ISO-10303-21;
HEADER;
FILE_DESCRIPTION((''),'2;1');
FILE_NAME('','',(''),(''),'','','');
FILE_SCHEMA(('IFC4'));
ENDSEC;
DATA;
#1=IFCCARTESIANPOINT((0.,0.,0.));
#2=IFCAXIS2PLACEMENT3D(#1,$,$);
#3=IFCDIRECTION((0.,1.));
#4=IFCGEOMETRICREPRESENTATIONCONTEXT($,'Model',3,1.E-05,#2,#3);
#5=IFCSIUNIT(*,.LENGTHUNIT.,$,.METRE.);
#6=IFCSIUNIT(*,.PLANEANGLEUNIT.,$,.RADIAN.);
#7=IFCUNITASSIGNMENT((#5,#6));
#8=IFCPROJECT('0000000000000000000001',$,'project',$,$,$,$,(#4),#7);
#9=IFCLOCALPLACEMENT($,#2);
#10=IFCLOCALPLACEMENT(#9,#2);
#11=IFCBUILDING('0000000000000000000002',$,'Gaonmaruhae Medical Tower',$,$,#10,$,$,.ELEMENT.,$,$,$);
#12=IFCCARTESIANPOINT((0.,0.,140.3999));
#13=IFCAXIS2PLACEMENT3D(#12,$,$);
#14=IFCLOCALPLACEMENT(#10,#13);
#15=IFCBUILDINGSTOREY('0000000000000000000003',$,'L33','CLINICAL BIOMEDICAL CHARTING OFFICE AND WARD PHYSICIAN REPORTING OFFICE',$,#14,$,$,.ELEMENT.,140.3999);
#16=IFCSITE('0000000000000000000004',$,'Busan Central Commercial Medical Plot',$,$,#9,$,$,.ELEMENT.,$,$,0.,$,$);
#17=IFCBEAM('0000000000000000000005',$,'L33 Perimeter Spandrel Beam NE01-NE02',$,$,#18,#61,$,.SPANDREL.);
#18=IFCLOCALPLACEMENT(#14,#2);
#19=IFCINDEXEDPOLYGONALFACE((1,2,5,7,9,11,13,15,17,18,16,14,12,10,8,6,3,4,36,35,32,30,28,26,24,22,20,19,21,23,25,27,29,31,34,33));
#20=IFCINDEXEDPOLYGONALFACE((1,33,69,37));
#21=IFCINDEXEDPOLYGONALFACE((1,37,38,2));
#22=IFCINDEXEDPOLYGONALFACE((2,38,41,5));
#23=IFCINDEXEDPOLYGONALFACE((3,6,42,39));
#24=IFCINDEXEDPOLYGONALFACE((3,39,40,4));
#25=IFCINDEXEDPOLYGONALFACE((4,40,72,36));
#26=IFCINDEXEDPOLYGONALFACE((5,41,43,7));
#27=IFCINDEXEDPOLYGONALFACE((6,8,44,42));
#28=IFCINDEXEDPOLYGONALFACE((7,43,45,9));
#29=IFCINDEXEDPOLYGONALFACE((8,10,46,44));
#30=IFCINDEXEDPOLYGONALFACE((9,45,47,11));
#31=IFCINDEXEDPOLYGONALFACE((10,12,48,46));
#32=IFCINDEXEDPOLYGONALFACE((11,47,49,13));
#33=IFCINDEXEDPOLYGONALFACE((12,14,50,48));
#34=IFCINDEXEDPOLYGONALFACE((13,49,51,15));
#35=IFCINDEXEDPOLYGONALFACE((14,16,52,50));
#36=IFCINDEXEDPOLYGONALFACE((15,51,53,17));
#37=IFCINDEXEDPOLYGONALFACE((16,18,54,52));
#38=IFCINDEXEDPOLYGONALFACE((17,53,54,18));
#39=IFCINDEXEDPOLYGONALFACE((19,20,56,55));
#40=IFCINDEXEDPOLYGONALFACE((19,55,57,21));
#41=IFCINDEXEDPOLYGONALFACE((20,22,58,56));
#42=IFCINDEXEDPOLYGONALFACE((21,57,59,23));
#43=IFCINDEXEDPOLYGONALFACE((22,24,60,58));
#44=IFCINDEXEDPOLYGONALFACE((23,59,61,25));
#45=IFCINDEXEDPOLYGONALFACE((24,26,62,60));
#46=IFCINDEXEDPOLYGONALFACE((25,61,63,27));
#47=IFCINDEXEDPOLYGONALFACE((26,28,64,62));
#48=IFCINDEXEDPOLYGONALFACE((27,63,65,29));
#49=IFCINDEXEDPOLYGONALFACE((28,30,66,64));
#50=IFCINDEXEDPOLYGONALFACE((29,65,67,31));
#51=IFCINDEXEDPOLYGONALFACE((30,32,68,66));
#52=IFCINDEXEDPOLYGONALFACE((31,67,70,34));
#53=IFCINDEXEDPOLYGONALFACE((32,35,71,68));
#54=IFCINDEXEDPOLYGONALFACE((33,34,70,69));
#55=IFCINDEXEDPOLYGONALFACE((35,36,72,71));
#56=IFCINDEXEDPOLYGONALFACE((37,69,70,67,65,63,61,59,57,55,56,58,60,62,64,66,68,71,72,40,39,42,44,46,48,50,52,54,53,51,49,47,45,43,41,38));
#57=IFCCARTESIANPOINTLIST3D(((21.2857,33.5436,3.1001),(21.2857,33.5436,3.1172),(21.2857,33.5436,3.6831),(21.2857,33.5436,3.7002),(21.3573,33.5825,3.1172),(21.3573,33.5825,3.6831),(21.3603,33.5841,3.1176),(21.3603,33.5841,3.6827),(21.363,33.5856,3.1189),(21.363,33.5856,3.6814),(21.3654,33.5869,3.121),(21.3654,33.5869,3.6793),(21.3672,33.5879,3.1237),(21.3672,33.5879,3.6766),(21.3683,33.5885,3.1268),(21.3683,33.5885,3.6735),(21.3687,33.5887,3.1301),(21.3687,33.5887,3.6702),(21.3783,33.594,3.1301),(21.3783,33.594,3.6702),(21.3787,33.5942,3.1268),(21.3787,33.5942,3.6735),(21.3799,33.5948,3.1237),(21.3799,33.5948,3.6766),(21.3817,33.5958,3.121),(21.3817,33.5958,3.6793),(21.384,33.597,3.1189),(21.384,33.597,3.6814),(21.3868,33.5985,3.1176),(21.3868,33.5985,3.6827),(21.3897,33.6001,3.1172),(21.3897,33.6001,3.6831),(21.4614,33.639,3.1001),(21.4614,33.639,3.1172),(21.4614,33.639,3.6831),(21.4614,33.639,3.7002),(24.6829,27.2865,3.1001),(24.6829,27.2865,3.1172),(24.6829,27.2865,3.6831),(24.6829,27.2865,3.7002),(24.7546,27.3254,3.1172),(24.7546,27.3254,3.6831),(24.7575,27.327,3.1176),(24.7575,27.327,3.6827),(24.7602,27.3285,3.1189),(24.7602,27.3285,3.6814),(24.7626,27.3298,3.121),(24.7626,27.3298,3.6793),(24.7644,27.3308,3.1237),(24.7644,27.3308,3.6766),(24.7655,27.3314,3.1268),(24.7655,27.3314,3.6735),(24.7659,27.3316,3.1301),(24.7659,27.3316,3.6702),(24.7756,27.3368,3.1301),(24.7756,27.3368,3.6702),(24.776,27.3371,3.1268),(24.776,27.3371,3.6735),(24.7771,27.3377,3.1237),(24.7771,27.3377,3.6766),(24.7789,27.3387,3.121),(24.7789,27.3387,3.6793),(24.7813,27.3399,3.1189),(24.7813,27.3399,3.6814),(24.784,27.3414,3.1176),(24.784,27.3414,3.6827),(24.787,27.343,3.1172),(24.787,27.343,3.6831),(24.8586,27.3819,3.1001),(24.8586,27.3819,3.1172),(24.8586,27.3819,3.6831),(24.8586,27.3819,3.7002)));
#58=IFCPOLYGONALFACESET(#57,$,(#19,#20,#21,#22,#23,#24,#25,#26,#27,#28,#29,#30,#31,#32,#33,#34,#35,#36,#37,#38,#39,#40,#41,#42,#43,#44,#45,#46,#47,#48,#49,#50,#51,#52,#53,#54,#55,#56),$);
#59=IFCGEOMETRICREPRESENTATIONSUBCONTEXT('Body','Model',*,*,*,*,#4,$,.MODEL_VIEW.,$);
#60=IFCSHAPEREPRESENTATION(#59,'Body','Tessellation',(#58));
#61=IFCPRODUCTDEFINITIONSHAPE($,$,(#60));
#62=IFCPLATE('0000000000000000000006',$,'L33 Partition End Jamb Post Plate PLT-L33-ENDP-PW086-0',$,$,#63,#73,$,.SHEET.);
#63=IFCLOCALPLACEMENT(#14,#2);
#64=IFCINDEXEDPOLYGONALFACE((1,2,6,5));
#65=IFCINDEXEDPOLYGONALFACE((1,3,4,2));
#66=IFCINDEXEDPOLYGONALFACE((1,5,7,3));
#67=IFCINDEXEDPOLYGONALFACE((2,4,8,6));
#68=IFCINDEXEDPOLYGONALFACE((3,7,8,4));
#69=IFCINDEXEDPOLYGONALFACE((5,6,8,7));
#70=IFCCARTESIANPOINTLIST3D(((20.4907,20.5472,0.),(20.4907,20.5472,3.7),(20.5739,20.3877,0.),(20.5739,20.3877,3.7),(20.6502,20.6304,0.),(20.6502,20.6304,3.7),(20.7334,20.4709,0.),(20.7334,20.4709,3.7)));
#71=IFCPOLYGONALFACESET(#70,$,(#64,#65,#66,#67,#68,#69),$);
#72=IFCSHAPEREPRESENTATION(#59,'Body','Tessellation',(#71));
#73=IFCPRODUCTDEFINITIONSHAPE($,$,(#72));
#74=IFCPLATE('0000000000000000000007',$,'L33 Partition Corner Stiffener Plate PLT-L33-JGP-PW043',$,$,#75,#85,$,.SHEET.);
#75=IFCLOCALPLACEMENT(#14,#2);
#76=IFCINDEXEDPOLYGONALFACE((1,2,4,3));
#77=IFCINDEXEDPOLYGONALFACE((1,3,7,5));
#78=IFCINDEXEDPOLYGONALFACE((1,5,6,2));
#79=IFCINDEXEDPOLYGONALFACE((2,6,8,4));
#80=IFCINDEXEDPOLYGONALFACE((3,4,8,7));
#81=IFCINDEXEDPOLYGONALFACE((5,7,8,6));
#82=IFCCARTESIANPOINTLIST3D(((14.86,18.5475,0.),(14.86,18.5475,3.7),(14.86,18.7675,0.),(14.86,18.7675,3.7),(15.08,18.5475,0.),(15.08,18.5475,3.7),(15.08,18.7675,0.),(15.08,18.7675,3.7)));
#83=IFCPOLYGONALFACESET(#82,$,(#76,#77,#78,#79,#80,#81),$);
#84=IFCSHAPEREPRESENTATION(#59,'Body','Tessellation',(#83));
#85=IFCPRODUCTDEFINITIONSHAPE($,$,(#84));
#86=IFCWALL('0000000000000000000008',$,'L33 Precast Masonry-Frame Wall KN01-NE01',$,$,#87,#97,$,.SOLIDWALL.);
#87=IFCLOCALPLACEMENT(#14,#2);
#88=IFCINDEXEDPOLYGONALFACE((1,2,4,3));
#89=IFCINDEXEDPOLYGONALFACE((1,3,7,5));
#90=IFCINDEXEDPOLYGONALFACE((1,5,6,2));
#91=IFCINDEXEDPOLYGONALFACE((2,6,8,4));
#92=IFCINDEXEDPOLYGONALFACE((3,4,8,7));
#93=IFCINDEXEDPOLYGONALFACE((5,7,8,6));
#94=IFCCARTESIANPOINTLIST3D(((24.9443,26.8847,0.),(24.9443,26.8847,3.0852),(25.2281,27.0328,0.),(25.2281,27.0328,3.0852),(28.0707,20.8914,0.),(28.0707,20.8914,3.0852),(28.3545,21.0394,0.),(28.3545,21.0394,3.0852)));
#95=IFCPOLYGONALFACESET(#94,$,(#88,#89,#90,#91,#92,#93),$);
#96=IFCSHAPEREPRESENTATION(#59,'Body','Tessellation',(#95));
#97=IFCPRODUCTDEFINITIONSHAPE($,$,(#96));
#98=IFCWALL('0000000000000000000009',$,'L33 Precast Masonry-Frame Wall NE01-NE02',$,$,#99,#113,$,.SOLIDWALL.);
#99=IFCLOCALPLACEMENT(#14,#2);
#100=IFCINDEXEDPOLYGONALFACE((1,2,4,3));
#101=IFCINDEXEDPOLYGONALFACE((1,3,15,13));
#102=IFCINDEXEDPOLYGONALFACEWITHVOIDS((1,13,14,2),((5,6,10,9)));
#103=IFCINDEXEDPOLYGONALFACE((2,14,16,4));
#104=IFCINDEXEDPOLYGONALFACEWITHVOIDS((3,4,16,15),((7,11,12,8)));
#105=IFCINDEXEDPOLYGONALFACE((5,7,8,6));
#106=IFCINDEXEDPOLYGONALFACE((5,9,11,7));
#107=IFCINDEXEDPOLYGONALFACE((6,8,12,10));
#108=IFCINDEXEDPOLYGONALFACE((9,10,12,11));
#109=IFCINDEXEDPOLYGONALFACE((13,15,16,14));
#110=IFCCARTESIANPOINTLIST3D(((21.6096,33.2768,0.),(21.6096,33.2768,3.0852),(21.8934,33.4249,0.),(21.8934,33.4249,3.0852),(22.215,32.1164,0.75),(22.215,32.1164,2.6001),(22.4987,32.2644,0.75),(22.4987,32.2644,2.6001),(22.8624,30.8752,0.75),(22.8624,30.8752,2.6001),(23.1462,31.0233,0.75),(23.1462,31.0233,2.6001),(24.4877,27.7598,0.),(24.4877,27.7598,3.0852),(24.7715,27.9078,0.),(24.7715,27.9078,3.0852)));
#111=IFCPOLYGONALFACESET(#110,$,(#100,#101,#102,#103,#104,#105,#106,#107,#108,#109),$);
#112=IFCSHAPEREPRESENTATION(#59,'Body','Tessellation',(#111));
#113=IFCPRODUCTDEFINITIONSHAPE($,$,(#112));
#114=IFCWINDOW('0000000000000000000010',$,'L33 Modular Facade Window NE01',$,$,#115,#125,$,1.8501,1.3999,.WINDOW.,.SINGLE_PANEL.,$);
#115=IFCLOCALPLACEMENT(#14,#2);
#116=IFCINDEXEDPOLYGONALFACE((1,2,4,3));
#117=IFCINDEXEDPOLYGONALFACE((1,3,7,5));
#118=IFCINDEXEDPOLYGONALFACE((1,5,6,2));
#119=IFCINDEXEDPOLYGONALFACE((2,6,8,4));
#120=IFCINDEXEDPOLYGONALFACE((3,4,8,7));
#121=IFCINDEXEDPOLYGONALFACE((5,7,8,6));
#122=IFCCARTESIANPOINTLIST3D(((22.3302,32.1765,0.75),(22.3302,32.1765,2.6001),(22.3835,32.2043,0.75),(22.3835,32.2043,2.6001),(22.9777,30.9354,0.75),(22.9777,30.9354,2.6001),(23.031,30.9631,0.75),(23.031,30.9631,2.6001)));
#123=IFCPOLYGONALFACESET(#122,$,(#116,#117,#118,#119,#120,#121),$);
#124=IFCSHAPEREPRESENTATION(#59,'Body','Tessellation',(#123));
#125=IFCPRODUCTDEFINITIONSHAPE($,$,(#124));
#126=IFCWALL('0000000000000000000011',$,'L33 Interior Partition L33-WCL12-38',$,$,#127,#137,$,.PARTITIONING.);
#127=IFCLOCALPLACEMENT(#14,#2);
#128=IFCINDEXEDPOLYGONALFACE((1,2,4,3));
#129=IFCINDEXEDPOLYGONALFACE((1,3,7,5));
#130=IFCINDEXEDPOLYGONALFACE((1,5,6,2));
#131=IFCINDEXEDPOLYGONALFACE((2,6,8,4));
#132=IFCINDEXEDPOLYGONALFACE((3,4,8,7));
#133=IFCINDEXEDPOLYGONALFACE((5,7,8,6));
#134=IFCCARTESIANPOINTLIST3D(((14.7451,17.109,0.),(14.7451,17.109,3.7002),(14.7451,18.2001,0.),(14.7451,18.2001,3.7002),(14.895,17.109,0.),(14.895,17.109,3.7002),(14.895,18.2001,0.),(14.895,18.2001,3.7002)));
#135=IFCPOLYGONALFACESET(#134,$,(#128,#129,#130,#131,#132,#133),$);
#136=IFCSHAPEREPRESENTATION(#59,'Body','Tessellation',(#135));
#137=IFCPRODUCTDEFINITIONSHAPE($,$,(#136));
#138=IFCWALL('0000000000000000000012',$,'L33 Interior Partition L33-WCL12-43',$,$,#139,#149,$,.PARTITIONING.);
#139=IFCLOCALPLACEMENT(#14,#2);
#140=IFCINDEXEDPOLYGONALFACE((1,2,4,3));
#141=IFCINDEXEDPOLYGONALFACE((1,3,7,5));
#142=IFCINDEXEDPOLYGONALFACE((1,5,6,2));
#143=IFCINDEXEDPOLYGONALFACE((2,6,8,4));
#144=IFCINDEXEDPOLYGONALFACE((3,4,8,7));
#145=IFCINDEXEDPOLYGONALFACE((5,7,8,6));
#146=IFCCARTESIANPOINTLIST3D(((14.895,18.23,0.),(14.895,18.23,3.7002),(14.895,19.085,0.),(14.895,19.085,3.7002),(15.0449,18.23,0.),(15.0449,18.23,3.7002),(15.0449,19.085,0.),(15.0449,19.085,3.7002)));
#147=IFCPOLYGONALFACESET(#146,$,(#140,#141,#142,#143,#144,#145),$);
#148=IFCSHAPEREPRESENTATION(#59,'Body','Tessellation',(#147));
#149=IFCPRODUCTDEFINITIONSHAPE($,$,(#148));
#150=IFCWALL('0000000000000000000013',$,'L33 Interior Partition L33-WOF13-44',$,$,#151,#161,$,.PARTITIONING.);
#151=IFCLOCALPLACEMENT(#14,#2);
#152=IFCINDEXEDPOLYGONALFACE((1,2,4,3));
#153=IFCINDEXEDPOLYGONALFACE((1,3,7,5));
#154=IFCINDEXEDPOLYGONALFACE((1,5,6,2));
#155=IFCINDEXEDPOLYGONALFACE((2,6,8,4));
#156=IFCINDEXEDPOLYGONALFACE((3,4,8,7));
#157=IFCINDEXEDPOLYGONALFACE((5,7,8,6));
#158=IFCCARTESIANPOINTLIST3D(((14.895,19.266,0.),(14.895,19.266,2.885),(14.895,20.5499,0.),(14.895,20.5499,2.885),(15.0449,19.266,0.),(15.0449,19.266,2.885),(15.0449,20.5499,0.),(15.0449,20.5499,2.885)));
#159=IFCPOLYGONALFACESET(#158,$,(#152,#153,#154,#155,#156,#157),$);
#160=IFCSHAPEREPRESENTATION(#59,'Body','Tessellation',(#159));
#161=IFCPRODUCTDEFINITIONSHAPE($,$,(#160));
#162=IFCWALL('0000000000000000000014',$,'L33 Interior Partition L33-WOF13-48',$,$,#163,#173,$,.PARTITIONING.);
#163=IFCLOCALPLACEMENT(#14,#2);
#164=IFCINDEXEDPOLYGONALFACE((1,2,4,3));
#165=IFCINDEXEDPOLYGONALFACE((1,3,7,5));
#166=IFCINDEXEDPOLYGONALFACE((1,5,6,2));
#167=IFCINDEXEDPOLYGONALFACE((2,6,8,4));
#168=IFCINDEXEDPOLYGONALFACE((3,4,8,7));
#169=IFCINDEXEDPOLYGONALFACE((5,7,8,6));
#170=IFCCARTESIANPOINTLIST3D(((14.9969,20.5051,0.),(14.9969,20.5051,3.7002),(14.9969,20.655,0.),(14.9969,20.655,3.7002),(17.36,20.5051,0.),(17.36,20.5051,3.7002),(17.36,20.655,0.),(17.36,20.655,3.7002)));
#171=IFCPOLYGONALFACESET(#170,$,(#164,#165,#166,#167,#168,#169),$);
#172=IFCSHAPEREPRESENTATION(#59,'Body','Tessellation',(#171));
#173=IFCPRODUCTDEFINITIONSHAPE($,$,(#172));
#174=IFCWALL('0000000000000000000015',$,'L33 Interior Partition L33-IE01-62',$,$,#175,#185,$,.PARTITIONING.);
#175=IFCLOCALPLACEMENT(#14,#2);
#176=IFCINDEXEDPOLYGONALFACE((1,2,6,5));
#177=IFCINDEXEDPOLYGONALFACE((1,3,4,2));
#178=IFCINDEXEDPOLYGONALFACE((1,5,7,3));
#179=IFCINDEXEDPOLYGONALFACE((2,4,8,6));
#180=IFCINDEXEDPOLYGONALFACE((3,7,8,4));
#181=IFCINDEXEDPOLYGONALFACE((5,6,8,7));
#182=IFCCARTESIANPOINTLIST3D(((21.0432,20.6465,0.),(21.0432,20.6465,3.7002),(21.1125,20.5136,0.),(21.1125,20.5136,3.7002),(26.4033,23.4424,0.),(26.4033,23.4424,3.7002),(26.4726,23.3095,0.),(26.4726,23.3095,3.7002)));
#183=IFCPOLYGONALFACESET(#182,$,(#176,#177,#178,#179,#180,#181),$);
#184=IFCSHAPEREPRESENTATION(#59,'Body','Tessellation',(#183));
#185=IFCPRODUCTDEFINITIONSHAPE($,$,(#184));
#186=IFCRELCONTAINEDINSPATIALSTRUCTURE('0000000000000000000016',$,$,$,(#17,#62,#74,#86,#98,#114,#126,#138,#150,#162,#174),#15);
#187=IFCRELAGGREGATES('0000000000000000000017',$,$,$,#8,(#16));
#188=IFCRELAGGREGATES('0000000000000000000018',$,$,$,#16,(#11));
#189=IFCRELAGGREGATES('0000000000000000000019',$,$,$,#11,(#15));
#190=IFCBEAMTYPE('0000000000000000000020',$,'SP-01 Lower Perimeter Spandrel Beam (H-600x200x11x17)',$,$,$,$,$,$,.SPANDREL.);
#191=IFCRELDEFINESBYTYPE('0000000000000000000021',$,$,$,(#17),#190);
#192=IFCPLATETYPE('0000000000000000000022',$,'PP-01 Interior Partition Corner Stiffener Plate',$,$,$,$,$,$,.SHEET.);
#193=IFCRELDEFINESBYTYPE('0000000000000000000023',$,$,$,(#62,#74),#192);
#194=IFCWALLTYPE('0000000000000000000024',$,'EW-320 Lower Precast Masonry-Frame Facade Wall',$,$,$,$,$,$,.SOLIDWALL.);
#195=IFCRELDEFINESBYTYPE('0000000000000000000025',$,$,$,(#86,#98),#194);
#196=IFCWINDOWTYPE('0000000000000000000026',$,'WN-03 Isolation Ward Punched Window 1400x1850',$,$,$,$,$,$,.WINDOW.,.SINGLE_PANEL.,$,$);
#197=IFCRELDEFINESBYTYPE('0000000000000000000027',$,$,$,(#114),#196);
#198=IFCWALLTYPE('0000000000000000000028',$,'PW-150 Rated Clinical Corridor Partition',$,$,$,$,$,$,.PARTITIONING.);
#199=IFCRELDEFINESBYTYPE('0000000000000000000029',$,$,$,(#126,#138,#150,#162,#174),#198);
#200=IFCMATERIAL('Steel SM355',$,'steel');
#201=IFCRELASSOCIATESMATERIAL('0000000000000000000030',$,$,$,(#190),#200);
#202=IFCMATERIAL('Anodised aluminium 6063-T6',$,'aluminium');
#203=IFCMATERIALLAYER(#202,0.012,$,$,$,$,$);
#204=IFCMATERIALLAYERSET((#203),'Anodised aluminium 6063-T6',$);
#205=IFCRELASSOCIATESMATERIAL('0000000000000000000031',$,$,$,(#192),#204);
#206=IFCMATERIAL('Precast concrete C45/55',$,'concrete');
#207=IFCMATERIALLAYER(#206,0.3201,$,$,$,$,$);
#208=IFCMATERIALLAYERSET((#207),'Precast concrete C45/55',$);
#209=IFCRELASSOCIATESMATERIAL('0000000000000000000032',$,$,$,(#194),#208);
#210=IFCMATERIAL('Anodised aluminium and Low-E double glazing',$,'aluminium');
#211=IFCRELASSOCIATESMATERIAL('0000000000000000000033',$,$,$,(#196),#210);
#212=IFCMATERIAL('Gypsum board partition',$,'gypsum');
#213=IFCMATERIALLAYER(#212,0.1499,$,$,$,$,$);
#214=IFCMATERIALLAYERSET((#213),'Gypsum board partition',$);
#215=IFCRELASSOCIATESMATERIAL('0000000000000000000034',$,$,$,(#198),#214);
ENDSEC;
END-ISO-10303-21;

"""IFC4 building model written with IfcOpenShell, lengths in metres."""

from ifc_helpers import new_model, si_unit, direction, frame, frame_2d, origin, origin_2d, place, context, subcontext, project, spatial, rectangle, i_section, extrude, material, layer, layer_set, material_profile, profile_set, type_object, element, fill, save


model = new_model("IFC4")

# Units and contexts
model_context = context("Model", 3, precision=1e-05, world=origin(), true_north=direction((0.0, 1.0)))
body_context = subcontext(model_context, "Body", "Model", "MODEL_VIEW")
ifc_project = project(units=[si_unit("LENGTHUNIT", "METRE"), si_unit("PLANEANGLEUNIT", "RADIAN")], contexts=[model_context])

# Site, building, storey
site_placement = place(None, origin())
site = spatial("IfcSite", under=ifc_project, at=site_placement, Name="Busan Central Commercial Medical Plot", CompositionType="ELEMENT", RefElevation=0.0)
building_placement = place(site_placement, origin())
building = spatial("IfcBuilding", under=site, at=building_placement, Name="Gaonmaruhae Medical Tower", CompositionType="ELEMENT")
storey_placement = place(building_placement, frame((0.0, 0.0, 140.3999)))
storey = spatial("IfcBuildingStorey", under=building, at=storey_placement, Name="L33", Description="CLINICAL BIOMEDICAL CHARTING OFFICE AND WARD PHYSICIAN REPORTING OFFICE", CompositionType="ELEMENT", Elevation=140.3999)

# Beam
ifc_material_1 = material(Name="Steel SM355", Category="steel")
ifc_material_profile_1 = material_profile(ifc_material_1, i_section(OverallWidth=0.2, OverallDepth=0.6001, WebThickness=0.011, FlangeThickness=0.0171, FilletRadius=0.0129, at=origin_2d()), Name="H-600x200x11x17")
ifc_profile_set_1 = profile_set([ifc_material_profile_1], Name="Steel SM355")
beam_type_1 = type_object("IfcBeamType", Name="SP-01 Lower Perimeter Spandrel Beam (H-600x200x11x17)", PredefinedType="SPANDREL", material=ifc_profile_set_1)
beam_1_placement = place(storey_placement, frame((24.7708, 27.3342, 3.4001), z_axis=(-0.477148, 0.878823, 0.0), x_axis=(-0.878823, -0.477148, 0.0)))
element("IfcBeam", 1, at=beam_1_placement, inside=storey, type_object=beam_type_1, Name="L33 Perimeter Spandrel Beam NE01-NE02", PredefinedType="SPANDREL", context=body_context, shape_type="SweptSolid", body=[
    extrude(i_section(OverallWidth=0.2, OverallDepth=0.6001, WebThickness=0.011, FlangeThickness=0.0171, FilletRadius=0.0129, at=origin_2d()), origin(), (0.0, 0.0, 1.0), 7.1199),
])

# Plates
ifc_material_2 = material(Name="Anodised aluminium 6063-T6", Category="aluminium")
ifc_layer_1 = layer(ifc_material_2, 0.012)
ifc_layer_set_1 = layer_set([ifc_layer_1], Name="Anodised aluminium 6063-T6")
plate_type = type_object("IfcPlateType", Name="PP-01 Interior Partition Corner Stiffener Plate", PredefinedType="SHEET", material=ifc_layer_set_1)
plate_1_placement = place(storey_placement, frame((20.6121, 20.509, 0.0), z_axis=(0.0, 0.0, 1.0), x_axis=(-0.462492, 0.886624, 0.0)))
element("IfcPlate", 2, at=plate_1_placement, inside=storey, type_object=plate_type, Name="L33 Partition End Jamb Post Plate PLT-L33-ENDP-PW086-0", PredefinedType="SHEET", context=body_context, shape_type="SweptSolid", body=[
    extrude(rectangle(XDim=0.1799, YDim=0.1799, at=origin_2d()), origin(), (0.0, 0.0, 1.0), 3.7),
])
plate_2_placement = place(storey_placement, frame((14.97, 18.6575, 0.0), z_axis=(0.0, 0.0, 1.0), x_axis=(0.0, -1.0, 0.0)))
element("IfcPlate", 3, at=plate_2_placement, inside=storey, type_object=plate_type, Name="L33 Partition Corner Stiffener Plate PLT-L33-JGP-PW043", PredefinedType="SHEET", context=body_context, shape_type="SweptSolid", body=[
    extrude(rectangle(XDim=0.22, YDim=0.22, at=origin_2d()), origin(), (0.0, 0.0, 1.0), 3.7),
])

# Wall
ifc_material_3 = material(Name="Precast concrete C45/55", Category="concrete")
ifc_layer_2 = layer(ifc_material_3, 0.3201)
ifc_layer_set_2 = layer_set([ifc_layer_2], Name="Precast concrete C45/55")
wall_type_1 = type_object("IfcWallType", Name="EW-320 Lower Precast Masonry-Frame Facade Wall", PredefinedType="SOLIDWALL", material=ifc_layer_set_2)
wall_1_placement = place(storey_placement, frame((25.0862, 26.9587, 0.0), z_axis=(0.0, 0.0, 1.0), x_axis=(0.462504, -0.886617, 0.0)))
element("IfcWall", 4, at=wall_1_placement, inside=storey, type_object=wall_type_1, Name="L33 Precast Masonry-Frame Wall KN01-NE01", PredefinedType="SOLIDWALL", context=body_context, shape_type="SweptSolid", body=[
    extrude(rectangle(XDim=6.7598, YDim=0.3201, at=frame_2d((3.3799, 0.0))), origin(), (0.0, 0.0, 1.0), 3.0852),
])

# Wall, opening, window
wall_2_placement = place(storey_placement, frame((21.7515, 33.3508, 0.0), z_axis=(0.0, 0.0, 1.0), x_axis=(0.462527, -0.886605, 0.0)))
wall_2 = element("IfcWall", 5, at=wall_2_placement, inside=storey, type_object=wall_type_1, Name="L33 Precast Masonry-Frame Wall NE01-NE02", PredefinedType="SOLIDWALL", context=body_context, shape_type="SweptSolid", body=[
    extrude(rectangle(XDim=6.2227, YDim=0.3201, at=frame_2d((3.1113, 0.0))), origin(), (0.0, 0.0, 1.0), 3.0852),
])
opening_1_placement = place(wall_2_placement, frame((1.3088, 0.0, 0.75)))
opening_1 = element("IfcOpeningElement", 6, at=opening_1_placement, cuts=wall_2, PredefinedType="OPENING", context=body_context, shape_type="SweptSolid", body=[
    extrude(rectangle(XDim=1.3999, YDim=1.8501, at=frame_2d((0.7, 0.925))), frame((0.0, 0.1699, 0.0), z_axis=(0.0, -1.0, 0.0), x_axis=(1.0, 0.0, 0.0)), (0.0, 0.0, 1.0), 0.3401),
])
ifc_material_4 = material(Name="Anodised aluminium and Low-E double glazing", Category="aluminium")
window_type = type_object("IfcWindowType", Name="WN-03 Isolation Ward Punched Window 1400x1850", PartitioningType="SINGLE_PANEL", PredefinedType="WINDOW", material=ifc_material_4)
window_placement = place(opening_1_placement, origin())
window = element("IfcWindow", 7, at=window_placement, inside=storey, type_object=window_type, Name="L33 Modular Facade Window NE01", OverallHeight=1.8501, OverallWidth=1.3999, PartitioningType="SINGLE_PANEL", PredefinedType="WINDOW", context=body_context, shape_type="SweptSolid", body=[
    extrude(rectangle(XDim=1.3999, YDim=1.8501, at=frame_2d((0.7, 0.925))), frame((0.0, 0.03, 0.0), z_axis=(0.0, -1.0, 0.0), x_axis=(1.0, 0.0, 0.0)), (0.0, 0.0, 1.0), 0.0601),
])
fill(opening_1, window)

# Walls
ifc_material_5 = material(Name="Gypsum board partition", Category="gypsum")
ifc_layer_3 = layer(ifc_material_5, 0.1499)
ifc_layer_set_3 = layer_set([ifc_layer_3], Name="Gypsum board partition")
wall_type_2 = type_object("IfcWallType", Name="PW-150 Rated Clinical Corridor Partition", PredefinedType="PARTITIONING", material=ifc_layer_set_3)
wall_3_placement = place(storey_placement, frame((14.8201, 18.2, 0.0), z_axis=(0.0, 0.0, 1.0), x_axis=(0.0, -1.0, 0.0)))
element("IfcWall", 8, at=wall_3_placement, inside=storey, type_object=wall_type_2, Name="L33 Interior Partition L33-WCL12-38", PredefinedType="PARTITIONING", context=body_context, shape_type="SweptSolid", body=[
    extrude(rectangle(XDim=1.0911, YDim=0.1499, at=frame_2d((0.5454, 0.0))), origin(), (0.0, 0.0, 1.0), 3.7002),
])
wall_4_placement = place(storey_placement, frame((14.97, 19.085, 0.0), z_axis=(0.0, 0.0, 1.0), x_axis=(0.0, -1.0, 0.0)))
element("IfcWall", 9, at=wall_4_placement, inside=storey, type_object=wall_type_2, Name="L33 Interior Partition L33-WCL12-43", PredefinedType="PARTITIONING", context=body_context, shape_type="SweptSolid", body=[
    extrude(rectangle(XDim=0.855, YDim=0.1499, at=frame_2d((0.4275, 0.0))), origin(), (0.0, 0.0, 1.0), 3.7002),
])
wall_5_placement = place(storey_placement, frame((14.97, 20.55, 0.0), z_axis=(0.0, 0.0, 1.0), x_axis=(0.0, -1.0, 0.0)))
element("IfcWall", 10, at=wall_5_placement, inside=storey, type_object=wall_type_2, Name="L33 Interior Partition L33-WOF13-44", PredefinedType="PARTITIONING", context=body_context, shape_type="SweptSolid", body=[
    extrude(rectangle(XDim=1.2839, YDim=0.1499, at=frame_2d((0.6421, 0.0))), origin(), (0.0, 0.0, 1.0), 2.885),
])

# Wall
wall_6_placement = place(storey_placement, frame((17.3601, 20.5801, 0.0), z_axis=(0.0, 0.0, 1.0), x_axis=(-1.0, 0.0, 0.0)))
element("IfcWall", 11, at=wall_6_placement, inside=storey, type_object=wall_type_2, Name="L33 Interior Partition L33-WOF13-48", PredefinedType="PARTITIONING", context=body_context, shape_type="SweptSolid", body=[
    extrude(rectangle(XDim=2.363, YDim=0.1499, at=frame_2d((1.1816, 0.0))), origin(), (0.0, 0.0, 1.0), 3.7002),
])

# Wall
wall_7_placement = place(storey_placement, frame((21.0779, 20.5801, 0.0), z_axis=(0.0, 0.0, 1.0), x_axis=(0.886631, 0.462478, 0.0)))
element("IfcWall", 12, at=wall_7_placement, inside=storey, type_object=wall_type_2, Name="L33 Interior Partition L33-IE01-62", PredefinedType="PARTITIONING", context=body_context, shape_type="SweptSolid", body=[
    extrude(rectangle(XDim=6.0454, YDim=0.1499, at=frame_2d((3.0227, 0.0))), origin(), (0.0, 0.0, 1.0), 3.7002),
])

save(model, "model.ifc")
